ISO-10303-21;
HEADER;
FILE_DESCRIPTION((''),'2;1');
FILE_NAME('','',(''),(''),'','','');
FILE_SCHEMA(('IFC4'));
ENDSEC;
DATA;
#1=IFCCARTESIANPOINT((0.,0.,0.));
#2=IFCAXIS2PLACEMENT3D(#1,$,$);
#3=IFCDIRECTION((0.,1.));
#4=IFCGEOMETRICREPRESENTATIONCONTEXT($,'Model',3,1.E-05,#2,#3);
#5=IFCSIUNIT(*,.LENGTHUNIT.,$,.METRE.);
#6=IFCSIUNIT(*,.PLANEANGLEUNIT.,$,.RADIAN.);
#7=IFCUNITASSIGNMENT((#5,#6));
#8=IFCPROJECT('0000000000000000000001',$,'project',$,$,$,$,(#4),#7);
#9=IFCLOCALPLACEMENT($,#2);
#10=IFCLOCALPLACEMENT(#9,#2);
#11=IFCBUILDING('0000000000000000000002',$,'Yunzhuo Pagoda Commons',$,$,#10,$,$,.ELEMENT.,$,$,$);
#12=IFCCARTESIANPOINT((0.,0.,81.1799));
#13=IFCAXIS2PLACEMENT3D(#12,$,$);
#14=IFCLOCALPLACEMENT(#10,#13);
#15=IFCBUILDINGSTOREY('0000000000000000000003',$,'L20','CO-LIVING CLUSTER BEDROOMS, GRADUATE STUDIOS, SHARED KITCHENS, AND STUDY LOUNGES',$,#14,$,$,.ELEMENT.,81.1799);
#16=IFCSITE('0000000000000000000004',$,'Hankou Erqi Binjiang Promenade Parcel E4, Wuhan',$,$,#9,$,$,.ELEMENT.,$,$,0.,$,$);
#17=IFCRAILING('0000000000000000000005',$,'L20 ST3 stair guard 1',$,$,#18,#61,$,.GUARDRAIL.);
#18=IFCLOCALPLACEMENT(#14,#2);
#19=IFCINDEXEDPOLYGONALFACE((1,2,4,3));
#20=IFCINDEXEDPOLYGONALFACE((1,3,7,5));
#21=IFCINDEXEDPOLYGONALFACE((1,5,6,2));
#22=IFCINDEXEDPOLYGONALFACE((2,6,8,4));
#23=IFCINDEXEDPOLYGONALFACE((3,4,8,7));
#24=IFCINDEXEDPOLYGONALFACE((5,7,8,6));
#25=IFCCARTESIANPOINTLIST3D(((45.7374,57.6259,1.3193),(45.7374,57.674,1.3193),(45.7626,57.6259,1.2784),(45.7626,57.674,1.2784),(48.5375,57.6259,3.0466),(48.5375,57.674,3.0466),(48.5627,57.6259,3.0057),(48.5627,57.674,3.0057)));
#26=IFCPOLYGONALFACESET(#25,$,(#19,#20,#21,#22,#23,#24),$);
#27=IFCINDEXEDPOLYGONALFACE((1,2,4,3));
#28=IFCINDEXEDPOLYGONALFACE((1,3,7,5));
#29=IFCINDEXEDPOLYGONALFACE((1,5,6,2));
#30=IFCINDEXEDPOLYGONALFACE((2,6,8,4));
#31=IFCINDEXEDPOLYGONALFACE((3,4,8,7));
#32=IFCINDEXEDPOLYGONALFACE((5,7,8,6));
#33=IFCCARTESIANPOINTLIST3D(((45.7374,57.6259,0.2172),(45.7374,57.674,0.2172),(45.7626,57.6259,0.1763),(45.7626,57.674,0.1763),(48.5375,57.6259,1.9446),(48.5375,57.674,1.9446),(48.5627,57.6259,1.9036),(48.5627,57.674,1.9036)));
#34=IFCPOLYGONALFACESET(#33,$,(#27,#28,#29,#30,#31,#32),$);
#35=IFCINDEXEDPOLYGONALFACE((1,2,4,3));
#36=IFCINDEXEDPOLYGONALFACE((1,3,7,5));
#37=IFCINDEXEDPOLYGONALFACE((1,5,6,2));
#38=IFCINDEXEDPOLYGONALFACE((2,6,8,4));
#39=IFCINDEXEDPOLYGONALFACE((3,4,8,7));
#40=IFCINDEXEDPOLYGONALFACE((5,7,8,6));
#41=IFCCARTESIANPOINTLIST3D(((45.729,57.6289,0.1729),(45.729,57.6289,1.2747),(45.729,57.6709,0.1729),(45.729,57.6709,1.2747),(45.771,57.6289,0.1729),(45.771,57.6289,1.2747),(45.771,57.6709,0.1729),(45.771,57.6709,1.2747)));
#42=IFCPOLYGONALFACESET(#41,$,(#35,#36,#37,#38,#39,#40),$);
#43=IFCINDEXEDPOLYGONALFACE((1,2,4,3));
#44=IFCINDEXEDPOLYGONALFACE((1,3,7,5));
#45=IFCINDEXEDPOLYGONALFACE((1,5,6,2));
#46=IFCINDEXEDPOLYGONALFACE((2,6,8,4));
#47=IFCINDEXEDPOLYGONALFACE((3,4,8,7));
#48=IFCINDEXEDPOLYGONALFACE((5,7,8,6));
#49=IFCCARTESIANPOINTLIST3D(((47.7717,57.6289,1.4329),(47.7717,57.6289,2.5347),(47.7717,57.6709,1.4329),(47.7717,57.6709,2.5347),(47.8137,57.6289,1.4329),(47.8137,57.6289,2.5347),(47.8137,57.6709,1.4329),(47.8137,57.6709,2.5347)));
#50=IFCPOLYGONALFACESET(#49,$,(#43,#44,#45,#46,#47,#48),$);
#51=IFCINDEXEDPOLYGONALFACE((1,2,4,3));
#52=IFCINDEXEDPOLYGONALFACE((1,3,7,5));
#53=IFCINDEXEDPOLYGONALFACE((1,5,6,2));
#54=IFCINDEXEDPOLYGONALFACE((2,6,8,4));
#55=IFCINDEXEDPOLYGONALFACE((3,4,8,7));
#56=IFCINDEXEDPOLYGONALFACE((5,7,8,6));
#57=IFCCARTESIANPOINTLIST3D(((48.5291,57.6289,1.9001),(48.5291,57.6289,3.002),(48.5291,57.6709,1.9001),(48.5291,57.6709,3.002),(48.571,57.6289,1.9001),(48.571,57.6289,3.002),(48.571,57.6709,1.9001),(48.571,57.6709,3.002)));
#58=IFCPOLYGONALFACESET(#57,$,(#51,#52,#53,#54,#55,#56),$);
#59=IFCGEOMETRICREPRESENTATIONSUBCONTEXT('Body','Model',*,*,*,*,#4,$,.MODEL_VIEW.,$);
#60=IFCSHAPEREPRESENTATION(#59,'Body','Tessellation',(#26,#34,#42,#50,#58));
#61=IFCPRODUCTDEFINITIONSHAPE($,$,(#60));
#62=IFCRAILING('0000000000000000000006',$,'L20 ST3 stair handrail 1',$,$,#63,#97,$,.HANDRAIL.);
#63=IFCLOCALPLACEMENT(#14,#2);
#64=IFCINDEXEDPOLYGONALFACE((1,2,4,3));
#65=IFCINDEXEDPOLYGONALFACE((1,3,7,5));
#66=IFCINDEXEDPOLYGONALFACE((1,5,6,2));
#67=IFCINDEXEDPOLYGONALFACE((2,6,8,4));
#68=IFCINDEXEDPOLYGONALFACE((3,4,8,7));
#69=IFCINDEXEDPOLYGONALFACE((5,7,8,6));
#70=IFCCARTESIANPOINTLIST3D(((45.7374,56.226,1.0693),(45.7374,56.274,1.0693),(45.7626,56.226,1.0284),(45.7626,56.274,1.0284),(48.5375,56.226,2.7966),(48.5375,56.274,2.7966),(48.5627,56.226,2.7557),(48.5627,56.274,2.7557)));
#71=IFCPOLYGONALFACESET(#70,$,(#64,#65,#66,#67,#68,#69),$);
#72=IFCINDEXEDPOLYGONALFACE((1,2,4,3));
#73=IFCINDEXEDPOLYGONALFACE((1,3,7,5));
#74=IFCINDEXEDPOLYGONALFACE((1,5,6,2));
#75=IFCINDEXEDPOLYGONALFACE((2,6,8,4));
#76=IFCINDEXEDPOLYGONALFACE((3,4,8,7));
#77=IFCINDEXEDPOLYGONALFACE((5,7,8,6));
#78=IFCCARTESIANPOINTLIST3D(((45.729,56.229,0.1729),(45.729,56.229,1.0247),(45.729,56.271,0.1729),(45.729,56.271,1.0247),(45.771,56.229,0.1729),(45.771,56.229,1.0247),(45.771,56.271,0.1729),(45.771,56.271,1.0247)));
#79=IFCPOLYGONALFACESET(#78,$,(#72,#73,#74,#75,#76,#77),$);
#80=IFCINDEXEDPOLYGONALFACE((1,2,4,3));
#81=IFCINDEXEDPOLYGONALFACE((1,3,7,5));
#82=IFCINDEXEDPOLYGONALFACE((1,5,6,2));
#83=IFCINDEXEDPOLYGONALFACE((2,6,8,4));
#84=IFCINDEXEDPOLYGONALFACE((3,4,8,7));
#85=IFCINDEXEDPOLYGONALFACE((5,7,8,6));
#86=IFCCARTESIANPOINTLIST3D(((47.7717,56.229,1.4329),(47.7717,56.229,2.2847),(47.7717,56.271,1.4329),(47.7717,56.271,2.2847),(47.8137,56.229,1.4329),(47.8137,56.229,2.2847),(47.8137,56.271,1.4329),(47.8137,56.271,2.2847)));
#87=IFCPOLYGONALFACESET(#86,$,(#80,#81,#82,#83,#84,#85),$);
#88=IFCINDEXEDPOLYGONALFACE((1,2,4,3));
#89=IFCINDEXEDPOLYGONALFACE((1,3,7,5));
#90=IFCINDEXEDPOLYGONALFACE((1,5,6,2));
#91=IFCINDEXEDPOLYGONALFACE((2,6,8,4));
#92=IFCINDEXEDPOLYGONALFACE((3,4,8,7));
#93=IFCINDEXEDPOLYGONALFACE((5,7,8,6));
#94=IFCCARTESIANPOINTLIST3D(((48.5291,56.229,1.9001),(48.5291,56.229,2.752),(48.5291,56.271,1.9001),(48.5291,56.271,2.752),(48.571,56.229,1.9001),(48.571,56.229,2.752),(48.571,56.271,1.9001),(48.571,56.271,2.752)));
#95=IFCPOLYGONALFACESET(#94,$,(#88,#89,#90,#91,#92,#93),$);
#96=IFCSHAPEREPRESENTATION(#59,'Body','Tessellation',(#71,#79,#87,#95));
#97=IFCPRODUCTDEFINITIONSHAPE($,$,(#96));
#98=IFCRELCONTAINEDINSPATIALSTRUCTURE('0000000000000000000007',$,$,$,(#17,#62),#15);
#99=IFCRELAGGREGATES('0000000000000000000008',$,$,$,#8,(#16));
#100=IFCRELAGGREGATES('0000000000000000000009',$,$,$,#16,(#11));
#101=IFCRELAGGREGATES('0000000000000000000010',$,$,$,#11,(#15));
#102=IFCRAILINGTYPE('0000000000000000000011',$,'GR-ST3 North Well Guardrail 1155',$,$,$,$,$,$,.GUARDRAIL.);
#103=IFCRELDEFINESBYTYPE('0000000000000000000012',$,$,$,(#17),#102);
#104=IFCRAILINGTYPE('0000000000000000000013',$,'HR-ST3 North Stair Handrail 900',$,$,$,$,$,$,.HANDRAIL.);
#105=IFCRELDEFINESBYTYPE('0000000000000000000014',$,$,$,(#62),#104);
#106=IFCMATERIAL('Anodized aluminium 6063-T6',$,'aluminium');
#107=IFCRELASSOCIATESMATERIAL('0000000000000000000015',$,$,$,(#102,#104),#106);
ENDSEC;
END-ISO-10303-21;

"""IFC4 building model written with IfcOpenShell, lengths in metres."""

from ifc_helpers import new_model, si_unit, direction, frame, origin, origin_2d, place, context, subcontext, project, spatial, rectangle, extrude, material, type_object, element, save


model = new_model("IFC4")

# Units and contexts
model_context = context("Model", 3, precision=1e-05, world=origin(), true_north=direction((0.0, 1.0)))
body_context = subcontext(model_context, "Body", "Model", "MODEL_VIEW")
ifc_project = project(units=[si_unit("LENGTHUNIT", "METRE"), si_unit("PLANEANGLEUNIT", "RADIAN")], contexts=[model_context])

# Site, building, storey
site_placement = place(None, origin())
site = spatial("IfcSite", under=ifc_project, at=site_placement, Name="Hankou Erqi Binjiang Promenade Parcel E4, Wuhan", CompositionType="ELEMENT", RefElevation=0.0)
building_placement = place(site_placement, origin())
building = spatial("IfcBuilding", under=site, at=building_placement, Name="Yunzhuo Pagoda Commons", CompositionType="ELEMENT")
storey_placement = place(building_placement, frame((0.0, 0.0, 81.1799)))
storey = spatial("IfcBuildingStorey", under=building, at=storey_placement, Name="L20", Description="CO-LIVING CLUSTER BEDROOMS, GRADUATE STUDIOS, SHARED KITCHENS, AND STUDY LOUNGES", CompositionType="ELEMENT", Elevation=81.1799)

# Shared definitions
ifc_material_1 = material(Name="Anodized aluminium 6063-T6", Category="aluminium")

# Railings
railing_type_1 = type_object("IfcRailingType", Name="GR-ST3 North Well Guardrail 1155", PredefinedType="GUARDRAIL", material=ifc_material_1)
railing_1_placement = place(storey_placement, frame((45.75, 57.6499, 0.1729)))
element("IfcRailing", 1, at=railing_1_placement, inside=storey, type_object=railing_type_1, Name="L20 ST3 stair guard 1", PredefinedType="GUARDRAIL", context=body_context, shape_type="SweptSolid", body=[
    extrude(rectangle(XDim=0.0481, YDim=0.0481, at=origin_2d()), frame((0.0, 0.0, 1.126), z_axis=(0.85109, 0.0, 0.52502), x_axis=(0.0, 1.0, 0.0)), (0.0, 0.0, 1.0), 3.29),
    extrude(rectangle(XDim=0.0481, YDim=0.0481, at=origin_2d()), frame((0.0, 0.0, 0.0239), z_axis=(0.85109, 0.0, 0.52502), x_axis=(0.0, 1.0, 0.0)), (0.0, 0.0, 1.0), 3.29),
    extrude(rectangle(XDim=0.042, YDim=0.042, at=origin_2d()), origin(), (0.0, 0.0, 1.0), 1.1018),
    extrude(rectangle(XDim=0.042, YDim=0.042, at=origin_2d()), frame((2.0427, 0.0, 1.26)), (0.0, 0.0, 1.0), 1.1018),
    extrude(rectangle(XDim=0.042, YDim=0.042, at=origin_2d()), frame((2.8, 0.0, 1.7273)), (0.0, 0.0, 1.0), 1.1018),
])
railing_type_2 = type_object("IfcRailingType", Name="HR-ST3 North Stair Handrail 900", PredefinedType="HANDRAIL", material=ifc_material_1)
railing_2_placement = place(storey_placement, frame((45.75, 56.25, 0.1729)))
element("IfcRailing", 2, at=railing_2_placement, inside=storey, type_object=railing_type_2, Name="L20 ST3 stair handrail 1", PredefinedType="HANDRAIL", context=body_context, shape_type="SweptSolid", body=[
    extrude(rectangle(XDim=0.0481, YDim=0.0481, at=origin_2d()), frame((0.0, 0.0, 0.876), z_axis=(0.85109, 0.0, 0.52502), x_axis=(0.0, 1.0, 0.0)), (0.0, 0.0, 1.0), 3.29),
    extrude(rectangle(XDim=0.042, YDim=0.042, at=origin_2d()), origin(), (0.0, 0.0, 1.0), 0.8518),
    extrude(rectangle(XDim=0.042, YDim=0.042, at=origin_2d()), frame((2.0427, 0.0, 1.26)), (0.0, 0.0, 1.0), 0.8518),
    extrude(rectangle(XDim=0.042, YDim=0.042, at=origin_2d()), frame((2.8, 0.0, 1.7273)), (0.0, 0.0, 1.0), 0.8518),
])

save(model, "model.ifc")
